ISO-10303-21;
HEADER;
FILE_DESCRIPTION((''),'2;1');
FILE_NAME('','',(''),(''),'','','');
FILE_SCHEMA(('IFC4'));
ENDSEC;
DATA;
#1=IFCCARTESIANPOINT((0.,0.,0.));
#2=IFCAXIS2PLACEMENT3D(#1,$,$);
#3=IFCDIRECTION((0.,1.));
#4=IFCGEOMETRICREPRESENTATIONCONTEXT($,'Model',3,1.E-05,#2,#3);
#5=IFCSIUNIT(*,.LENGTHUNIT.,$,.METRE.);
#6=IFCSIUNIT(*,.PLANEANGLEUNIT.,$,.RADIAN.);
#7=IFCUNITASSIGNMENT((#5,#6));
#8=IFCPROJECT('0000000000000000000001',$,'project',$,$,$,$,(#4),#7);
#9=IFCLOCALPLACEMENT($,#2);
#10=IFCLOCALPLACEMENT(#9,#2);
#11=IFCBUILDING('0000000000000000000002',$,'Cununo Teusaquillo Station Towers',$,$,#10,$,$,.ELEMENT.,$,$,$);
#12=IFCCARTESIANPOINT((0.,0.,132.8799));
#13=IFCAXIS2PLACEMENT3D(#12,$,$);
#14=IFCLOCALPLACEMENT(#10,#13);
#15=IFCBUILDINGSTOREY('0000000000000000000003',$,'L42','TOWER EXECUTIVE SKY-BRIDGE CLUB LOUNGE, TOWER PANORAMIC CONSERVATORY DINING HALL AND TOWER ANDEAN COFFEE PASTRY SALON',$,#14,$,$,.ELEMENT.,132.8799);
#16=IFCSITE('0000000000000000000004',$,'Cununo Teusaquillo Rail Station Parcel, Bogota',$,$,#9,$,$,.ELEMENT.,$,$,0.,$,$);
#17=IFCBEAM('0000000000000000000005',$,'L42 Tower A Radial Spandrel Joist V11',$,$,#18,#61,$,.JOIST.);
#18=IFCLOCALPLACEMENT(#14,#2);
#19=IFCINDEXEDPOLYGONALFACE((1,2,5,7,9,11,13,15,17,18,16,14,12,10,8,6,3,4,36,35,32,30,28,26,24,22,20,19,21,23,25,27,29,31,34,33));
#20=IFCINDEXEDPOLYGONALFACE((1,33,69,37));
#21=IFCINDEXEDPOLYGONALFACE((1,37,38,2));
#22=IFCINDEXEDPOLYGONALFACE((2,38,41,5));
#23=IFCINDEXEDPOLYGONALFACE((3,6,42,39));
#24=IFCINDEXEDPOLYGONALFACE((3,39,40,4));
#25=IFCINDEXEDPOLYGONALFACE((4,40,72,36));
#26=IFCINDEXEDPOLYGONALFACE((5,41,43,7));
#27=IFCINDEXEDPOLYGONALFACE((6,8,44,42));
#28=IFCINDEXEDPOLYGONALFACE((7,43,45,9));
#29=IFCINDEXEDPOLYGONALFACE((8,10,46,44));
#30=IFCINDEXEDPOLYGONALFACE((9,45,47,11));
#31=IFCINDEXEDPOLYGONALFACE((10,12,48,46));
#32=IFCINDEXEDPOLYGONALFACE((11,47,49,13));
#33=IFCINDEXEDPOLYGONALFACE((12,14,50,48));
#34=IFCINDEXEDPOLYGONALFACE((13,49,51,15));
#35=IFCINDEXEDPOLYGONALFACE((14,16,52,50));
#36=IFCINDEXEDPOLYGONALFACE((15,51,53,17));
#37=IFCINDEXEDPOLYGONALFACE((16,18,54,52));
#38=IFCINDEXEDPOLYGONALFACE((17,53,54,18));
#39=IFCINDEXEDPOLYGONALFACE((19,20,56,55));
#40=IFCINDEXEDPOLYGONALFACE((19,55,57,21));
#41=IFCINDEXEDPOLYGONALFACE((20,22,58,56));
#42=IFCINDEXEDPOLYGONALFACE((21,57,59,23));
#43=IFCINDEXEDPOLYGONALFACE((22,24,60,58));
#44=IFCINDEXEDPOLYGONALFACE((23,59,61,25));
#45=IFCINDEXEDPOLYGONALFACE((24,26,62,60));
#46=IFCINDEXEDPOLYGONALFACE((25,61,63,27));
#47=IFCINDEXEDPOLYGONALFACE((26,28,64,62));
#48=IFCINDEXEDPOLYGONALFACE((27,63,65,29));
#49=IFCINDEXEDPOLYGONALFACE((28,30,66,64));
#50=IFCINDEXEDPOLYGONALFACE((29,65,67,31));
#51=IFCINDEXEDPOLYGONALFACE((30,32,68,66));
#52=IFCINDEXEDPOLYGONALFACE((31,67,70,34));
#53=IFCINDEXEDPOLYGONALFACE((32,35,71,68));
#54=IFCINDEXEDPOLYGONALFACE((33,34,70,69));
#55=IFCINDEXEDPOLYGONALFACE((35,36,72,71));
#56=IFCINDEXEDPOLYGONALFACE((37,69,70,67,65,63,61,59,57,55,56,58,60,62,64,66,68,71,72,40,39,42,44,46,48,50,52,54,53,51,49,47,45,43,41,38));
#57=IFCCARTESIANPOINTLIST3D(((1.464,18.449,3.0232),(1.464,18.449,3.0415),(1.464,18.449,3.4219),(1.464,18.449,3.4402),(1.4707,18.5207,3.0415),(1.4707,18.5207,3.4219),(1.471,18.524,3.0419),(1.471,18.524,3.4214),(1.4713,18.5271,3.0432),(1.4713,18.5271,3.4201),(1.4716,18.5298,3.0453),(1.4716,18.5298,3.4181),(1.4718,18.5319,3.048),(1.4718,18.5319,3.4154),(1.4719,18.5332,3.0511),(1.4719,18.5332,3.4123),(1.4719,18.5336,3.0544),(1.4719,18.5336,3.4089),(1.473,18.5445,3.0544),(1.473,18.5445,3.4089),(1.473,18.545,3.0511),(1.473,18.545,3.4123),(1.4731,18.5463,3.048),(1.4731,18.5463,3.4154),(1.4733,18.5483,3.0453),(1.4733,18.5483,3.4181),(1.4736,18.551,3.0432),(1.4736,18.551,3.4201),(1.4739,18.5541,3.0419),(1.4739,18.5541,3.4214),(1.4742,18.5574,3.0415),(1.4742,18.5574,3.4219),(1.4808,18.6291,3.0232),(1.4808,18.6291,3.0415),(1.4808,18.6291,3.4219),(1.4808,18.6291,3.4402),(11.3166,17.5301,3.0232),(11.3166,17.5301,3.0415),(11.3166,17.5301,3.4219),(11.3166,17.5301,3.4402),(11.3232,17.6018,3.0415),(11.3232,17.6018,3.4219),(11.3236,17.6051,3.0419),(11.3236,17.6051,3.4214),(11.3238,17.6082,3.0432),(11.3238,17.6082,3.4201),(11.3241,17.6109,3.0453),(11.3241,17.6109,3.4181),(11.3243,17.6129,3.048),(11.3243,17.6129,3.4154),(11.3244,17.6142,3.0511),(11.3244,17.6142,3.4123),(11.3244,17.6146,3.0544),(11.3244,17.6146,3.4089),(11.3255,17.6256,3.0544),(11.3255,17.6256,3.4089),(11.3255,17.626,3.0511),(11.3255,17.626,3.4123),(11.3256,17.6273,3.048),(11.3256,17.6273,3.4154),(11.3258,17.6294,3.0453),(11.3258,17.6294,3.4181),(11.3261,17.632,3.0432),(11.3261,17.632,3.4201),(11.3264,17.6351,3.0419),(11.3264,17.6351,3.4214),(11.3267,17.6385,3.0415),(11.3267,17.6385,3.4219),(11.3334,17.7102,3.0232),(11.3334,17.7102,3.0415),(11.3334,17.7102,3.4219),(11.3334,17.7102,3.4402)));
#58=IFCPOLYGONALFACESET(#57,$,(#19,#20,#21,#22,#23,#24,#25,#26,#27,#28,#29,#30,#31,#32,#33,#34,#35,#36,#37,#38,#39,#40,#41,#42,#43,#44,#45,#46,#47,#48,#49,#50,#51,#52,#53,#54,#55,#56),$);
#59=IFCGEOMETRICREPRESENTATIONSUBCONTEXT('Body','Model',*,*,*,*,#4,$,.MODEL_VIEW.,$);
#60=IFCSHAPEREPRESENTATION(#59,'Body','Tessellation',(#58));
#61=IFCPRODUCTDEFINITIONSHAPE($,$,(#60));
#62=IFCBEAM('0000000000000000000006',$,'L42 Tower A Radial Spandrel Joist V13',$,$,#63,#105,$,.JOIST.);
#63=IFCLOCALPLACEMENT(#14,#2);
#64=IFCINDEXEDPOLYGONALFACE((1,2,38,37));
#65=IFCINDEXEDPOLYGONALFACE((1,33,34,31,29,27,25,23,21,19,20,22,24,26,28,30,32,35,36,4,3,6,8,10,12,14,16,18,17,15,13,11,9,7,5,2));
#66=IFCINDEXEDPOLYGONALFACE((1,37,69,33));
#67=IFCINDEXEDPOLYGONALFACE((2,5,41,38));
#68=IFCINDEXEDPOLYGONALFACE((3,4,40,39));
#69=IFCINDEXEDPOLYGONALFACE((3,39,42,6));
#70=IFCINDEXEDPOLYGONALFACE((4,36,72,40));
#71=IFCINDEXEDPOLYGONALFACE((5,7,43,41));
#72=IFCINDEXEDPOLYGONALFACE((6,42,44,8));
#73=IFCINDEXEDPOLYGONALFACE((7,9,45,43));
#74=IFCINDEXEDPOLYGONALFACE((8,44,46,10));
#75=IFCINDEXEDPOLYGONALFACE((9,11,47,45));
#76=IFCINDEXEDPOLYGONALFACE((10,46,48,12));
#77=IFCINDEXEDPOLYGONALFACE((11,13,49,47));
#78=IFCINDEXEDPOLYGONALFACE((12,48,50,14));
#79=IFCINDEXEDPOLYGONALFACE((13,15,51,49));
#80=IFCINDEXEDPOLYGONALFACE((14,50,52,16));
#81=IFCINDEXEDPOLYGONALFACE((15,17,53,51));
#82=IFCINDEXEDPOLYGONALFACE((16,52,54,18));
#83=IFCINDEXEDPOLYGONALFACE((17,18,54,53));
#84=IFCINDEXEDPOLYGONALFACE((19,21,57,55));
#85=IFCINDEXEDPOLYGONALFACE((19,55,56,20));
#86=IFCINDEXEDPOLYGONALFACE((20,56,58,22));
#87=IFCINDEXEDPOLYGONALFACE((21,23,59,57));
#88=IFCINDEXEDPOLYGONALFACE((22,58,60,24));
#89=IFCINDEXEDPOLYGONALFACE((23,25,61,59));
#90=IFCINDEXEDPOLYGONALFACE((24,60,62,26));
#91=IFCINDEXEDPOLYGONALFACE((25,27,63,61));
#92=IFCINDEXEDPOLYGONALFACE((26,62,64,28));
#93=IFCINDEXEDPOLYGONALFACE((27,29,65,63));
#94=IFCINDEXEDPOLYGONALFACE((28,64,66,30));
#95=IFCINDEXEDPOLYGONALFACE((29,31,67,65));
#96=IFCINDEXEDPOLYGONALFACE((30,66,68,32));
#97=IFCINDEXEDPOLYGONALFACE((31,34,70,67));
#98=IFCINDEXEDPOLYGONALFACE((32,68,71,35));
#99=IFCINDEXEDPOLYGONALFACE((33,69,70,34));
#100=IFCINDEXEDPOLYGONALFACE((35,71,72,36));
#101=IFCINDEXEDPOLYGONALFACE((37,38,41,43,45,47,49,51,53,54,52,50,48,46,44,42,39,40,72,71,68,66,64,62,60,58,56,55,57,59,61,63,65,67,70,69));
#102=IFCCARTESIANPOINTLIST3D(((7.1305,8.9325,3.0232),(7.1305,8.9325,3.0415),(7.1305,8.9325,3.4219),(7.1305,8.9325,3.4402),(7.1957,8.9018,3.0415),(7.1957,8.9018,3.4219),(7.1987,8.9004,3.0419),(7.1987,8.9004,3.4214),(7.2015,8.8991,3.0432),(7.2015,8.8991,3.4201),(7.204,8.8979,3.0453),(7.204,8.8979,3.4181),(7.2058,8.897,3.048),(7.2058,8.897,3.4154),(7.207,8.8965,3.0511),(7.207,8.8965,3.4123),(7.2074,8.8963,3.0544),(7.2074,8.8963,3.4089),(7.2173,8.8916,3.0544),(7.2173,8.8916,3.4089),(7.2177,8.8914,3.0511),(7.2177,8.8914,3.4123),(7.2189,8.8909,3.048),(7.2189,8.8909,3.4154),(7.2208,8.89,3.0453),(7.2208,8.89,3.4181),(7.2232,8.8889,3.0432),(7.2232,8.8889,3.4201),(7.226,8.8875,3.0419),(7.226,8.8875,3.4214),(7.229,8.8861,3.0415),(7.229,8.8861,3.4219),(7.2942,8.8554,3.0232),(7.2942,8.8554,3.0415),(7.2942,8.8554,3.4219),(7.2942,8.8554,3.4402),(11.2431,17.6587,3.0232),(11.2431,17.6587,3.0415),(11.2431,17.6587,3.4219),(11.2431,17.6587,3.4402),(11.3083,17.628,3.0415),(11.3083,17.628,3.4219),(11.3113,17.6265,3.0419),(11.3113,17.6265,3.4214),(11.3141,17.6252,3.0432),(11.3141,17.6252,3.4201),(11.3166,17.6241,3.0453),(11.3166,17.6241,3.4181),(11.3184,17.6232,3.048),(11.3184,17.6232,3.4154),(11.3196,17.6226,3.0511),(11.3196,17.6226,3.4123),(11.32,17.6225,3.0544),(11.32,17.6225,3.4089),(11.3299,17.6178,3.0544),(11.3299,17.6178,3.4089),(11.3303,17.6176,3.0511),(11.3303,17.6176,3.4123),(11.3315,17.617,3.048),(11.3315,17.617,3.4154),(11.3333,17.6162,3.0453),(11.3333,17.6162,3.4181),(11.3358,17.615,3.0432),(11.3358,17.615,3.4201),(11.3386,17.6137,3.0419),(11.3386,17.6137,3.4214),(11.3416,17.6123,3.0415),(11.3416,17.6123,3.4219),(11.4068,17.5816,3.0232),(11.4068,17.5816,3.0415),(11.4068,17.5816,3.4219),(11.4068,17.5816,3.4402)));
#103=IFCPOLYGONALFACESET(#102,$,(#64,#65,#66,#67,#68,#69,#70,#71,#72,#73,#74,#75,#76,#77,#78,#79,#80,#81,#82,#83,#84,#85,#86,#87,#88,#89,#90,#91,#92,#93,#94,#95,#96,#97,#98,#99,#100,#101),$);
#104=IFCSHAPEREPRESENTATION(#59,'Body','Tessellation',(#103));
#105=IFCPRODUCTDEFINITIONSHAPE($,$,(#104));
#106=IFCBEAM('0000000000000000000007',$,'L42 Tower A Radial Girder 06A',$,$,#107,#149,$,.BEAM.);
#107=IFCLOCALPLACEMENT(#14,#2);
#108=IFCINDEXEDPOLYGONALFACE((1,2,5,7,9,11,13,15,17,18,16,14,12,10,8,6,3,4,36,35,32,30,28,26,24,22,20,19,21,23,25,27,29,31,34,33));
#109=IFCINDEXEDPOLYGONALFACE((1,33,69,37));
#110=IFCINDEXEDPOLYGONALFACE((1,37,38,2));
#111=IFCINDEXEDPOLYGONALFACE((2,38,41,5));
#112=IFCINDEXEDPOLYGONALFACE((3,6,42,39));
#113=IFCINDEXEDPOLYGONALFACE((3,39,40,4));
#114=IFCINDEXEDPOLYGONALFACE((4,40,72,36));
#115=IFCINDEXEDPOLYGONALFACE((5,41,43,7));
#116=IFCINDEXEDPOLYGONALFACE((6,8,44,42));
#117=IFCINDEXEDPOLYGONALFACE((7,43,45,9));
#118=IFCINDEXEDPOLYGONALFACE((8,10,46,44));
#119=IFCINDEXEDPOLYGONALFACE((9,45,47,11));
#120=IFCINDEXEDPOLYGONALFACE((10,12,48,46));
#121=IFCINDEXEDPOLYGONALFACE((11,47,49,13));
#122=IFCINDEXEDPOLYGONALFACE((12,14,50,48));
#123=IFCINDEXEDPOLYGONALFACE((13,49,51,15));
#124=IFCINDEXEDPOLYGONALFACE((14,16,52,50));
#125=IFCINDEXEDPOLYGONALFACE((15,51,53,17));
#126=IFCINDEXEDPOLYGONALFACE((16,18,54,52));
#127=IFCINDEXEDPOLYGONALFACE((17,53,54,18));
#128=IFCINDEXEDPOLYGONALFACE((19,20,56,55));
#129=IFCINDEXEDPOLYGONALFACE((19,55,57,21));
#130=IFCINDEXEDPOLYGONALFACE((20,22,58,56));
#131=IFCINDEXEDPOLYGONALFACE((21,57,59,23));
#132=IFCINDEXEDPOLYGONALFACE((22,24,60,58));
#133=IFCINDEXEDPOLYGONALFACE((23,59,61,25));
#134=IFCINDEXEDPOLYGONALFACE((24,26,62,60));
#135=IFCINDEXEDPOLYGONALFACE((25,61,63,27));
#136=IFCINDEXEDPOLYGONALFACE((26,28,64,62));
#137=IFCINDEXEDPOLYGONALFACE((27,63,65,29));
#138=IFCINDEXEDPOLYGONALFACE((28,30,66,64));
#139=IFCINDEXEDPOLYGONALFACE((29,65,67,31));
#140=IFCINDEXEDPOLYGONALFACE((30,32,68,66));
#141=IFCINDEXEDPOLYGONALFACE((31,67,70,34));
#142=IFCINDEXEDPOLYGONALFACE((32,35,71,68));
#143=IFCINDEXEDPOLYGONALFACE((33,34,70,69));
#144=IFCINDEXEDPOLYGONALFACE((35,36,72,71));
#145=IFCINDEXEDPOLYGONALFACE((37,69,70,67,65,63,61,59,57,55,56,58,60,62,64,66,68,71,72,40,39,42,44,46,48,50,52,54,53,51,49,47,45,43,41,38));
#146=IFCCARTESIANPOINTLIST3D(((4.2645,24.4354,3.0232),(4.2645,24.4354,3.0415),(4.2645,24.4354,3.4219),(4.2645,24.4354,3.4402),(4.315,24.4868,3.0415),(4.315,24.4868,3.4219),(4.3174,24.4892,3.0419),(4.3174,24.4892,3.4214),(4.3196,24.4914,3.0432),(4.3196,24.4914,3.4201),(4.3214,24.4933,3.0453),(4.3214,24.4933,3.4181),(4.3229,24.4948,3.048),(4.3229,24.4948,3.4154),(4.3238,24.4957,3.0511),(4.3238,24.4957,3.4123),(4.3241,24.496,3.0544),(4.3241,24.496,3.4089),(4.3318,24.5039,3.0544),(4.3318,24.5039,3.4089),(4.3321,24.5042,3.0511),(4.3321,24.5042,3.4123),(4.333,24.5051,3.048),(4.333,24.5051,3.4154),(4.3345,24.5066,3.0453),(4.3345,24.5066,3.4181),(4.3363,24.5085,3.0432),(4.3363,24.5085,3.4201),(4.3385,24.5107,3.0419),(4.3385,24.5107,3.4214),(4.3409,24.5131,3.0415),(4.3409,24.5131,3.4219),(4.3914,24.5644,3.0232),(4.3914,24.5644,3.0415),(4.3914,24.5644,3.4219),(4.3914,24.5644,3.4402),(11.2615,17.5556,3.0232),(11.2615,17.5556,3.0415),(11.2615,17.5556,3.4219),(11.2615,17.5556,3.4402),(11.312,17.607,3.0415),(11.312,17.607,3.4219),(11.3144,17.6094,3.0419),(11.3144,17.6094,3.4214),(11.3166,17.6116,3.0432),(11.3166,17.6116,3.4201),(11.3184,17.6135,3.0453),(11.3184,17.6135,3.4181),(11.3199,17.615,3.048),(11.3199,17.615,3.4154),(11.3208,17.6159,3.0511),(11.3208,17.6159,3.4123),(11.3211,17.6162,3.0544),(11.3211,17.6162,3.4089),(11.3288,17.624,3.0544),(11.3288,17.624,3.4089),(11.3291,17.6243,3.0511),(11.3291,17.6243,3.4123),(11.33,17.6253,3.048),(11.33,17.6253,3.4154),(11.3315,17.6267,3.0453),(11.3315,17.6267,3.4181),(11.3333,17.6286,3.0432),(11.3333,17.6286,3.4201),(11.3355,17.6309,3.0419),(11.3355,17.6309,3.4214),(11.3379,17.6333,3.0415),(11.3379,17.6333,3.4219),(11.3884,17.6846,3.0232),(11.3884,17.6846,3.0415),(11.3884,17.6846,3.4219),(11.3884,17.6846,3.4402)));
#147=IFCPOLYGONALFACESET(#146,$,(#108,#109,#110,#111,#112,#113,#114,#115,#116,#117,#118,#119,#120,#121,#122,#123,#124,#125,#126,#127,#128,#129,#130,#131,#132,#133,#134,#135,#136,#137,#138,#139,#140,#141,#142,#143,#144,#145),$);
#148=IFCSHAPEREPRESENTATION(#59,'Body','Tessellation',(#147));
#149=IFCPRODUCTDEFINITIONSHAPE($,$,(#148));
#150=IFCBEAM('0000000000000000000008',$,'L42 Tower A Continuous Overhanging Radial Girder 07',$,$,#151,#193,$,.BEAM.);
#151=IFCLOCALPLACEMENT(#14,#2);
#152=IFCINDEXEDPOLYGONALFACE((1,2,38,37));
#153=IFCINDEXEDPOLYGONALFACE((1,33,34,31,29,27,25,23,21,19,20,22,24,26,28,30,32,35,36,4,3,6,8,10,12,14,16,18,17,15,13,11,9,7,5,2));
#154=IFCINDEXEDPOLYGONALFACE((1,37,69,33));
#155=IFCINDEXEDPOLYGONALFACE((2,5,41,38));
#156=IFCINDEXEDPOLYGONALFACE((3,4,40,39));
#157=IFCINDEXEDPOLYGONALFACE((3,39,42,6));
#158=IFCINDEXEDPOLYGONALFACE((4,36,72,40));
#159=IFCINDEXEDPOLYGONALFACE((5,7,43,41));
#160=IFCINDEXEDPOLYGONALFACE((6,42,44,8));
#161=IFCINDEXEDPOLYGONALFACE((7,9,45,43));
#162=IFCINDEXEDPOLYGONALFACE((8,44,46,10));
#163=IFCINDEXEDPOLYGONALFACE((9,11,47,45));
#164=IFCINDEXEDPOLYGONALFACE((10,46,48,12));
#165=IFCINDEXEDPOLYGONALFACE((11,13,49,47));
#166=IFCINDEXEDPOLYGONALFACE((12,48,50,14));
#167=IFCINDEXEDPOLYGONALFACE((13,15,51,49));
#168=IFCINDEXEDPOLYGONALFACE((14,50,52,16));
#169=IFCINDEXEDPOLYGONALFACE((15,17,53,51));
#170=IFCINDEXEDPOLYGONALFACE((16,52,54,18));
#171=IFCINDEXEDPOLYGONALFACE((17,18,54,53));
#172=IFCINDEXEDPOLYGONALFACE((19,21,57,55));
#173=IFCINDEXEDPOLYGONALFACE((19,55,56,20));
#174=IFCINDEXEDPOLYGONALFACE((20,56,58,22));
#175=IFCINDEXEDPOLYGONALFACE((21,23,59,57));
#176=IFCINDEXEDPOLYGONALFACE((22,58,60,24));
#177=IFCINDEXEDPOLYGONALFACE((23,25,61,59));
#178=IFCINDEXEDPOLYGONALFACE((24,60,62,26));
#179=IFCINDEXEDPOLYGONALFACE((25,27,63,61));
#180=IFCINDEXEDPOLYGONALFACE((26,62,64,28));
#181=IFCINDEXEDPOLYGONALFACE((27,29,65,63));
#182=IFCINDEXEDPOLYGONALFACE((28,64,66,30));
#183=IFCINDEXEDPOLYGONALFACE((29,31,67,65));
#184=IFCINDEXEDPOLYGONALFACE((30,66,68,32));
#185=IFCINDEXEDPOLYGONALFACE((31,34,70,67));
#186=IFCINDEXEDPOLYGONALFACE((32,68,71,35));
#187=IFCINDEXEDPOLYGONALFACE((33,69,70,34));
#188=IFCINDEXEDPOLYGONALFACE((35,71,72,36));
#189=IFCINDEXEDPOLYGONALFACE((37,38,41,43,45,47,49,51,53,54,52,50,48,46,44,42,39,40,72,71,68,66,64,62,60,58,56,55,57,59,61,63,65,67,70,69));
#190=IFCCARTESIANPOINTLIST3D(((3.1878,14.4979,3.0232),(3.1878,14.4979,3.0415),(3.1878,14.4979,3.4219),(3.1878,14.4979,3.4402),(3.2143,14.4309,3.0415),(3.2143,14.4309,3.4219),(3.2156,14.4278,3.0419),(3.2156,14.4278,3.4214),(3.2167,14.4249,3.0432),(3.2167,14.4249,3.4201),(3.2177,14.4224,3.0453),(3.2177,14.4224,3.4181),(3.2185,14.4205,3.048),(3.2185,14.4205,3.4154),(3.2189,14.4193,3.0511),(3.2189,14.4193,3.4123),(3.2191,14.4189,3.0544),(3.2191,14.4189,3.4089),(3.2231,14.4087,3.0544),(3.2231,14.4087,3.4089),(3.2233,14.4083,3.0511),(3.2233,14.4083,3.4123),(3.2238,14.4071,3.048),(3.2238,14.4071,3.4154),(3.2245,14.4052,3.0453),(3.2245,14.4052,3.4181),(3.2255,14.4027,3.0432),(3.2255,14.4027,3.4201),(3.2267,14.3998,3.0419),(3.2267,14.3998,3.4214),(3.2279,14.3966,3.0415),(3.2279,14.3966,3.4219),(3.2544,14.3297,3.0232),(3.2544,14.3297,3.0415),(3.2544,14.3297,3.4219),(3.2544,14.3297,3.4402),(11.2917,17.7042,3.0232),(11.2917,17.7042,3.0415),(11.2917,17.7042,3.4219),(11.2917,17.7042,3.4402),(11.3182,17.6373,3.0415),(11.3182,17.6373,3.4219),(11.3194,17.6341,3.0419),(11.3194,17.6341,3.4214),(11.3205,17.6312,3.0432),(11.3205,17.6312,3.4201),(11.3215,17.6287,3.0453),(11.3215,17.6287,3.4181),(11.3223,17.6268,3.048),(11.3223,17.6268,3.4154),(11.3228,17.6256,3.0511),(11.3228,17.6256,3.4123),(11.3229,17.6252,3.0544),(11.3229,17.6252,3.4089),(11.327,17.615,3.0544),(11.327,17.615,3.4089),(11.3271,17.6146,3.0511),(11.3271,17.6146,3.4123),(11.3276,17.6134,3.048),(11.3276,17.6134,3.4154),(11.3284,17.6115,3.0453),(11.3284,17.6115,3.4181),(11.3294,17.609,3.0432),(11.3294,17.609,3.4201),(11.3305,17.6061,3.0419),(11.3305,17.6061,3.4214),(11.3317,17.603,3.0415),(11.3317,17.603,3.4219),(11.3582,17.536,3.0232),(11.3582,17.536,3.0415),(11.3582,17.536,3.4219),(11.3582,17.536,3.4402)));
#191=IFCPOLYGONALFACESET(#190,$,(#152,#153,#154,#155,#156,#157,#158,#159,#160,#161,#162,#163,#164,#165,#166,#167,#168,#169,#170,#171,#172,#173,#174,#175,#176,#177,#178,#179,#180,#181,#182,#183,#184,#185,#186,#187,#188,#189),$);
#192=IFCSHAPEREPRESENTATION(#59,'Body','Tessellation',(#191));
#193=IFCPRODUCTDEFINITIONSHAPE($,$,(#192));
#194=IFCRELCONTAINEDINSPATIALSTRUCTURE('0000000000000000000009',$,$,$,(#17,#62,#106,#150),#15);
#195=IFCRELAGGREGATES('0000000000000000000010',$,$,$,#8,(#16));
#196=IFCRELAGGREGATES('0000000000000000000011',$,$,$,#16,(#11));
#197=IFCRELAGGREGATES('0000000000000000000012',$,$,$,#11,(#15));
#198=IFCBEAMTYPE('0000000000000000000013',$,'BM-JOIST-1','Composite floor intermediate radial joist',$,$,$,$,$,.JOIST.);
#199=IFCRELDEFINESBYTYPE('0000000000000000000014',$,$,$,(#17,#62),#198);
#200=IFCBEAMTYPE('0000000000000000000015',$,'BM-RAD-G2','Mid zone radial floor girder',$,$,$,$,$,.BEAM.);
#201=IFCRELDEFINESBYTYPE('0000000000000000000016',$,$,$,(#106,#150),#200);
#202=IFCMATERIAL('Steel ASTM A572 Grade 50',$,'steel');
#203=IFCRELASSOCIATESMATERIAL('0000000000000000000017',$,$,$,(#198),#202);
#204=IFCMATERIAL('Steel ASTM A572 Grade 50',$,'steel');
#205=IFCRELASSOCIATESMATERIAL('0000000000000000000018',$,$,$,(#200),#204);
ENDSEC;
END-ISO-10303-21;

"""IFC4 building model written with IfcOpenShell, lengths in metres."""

from ifc_helpers import new_model, si_unit, direction, frame, origin, origin_2d, place, context, subcontext, project, spatial, i_section, extrude, material, material_profile, profile_set, type_object, element, save


model = new_model("IFC4")

# Units and contexts
model_context = context("Model", 3, precision=1e-05, world=origin(), true_north=direction((0.0, 1.0)))
body_context = subcontext(model_context, "Body", "Model", "MODEL_VIEW")
ifc_project = project(units=[si_unit("LENGTHUNIT", "METRE"), si_unit("PLANEANGLEUNIT", "RADIAN")], contexts=[model_context])

# Site, building, storey
site_placement = place(None, origin())
site = spatial("IfcSite", under=ifc_project, at=site_placement, Name="Cununo Teusaquillo Rail Station Parcel, Bogota", CompositionType="ELEMENT", RefElevation=0.0)
building_placement = place(site_placement, origin())
building = spatial("IfcBuilding", under=site, at=building_placement, Name="Cununo Teusaquillo Station Towers", CompositionType="ELEMENT")
storey_placement = place(building_placement, frame((0.0, 0.0, 132.8799)))
storey = spatial("IfcBuildingStorey", under=building, at=storey_placement, Name="L42", Description="TOWER EXECUTIVE SKY-BRIDGE CLUB LOUNGE, TOWER PANORAMIC CONSERVATORY DINING HALL AND TOWER ANDEAN COFFEE PASTRY SALON", CompositionType="ELEMENT", Elevation=132.8799)

# Beams
ifc_material_1 = material(Name="Steel ASTM A572 Grade 50", Category="steel")
ifc_material_profile_1 = material_profile(ifc_material_1, i_section(OverallWidth=0.1809, OverallDepth=0.417, WebThickness=0.011, FlangeThickness=0.0183, FilletRadius=0.0129, at=origin_2d()), Name="W16X57")
ifc_profile_set_1 = profile_set([ifc_material_profile_1], Name="Steel ASTM A572 Grade 50")
beam_type_1 = type_object("IfcBeamType", Name="BM-JOIST-1", Description="Composite floor intermediate radial joist", PredefinedType="JOIST", material=ifc_profile_set_1)
beam_1_placement = place(storey_placement, frame((11.325, 17.6201, 3.2317), z_axis=(-0.995679, 0.092867, 0.0), x_axis=(-0.092867, -0.995679, 0.0)))
element("IfcBeam", 1, at=beam_1_placement, inside=storey, type_object=beam_type_1, Name="L42 Tower A Radial Spandrel Joist V11", PredefinedType="JOIST", context=body_context, shape_type="SweptSolid", body=[
    extrude(i_section(OverallWidth=0.1809, OverallDepth=0.417, WebThickness=0.011, FlangeThickness=0.0183, FilletRadius=0.0129, at=origin_2d()), origin(), (0.0, 0.0, 1.0), 9.8953),
])
beam_2_placement = place(storey_placement, frame((11.325, 17.6201, 3.2317), z_axis=(-0.42632, -0.904572, 0.0), x_axis=(0.904572, -0.42632, 0.0)))
element("IfcBeam", 2, at=beam_2_placement, inside=storey, type_object=beam_type_1, Name="L42 Tower A Radial Spandrel Joist V13", PredefinedType="JOIST", context=body_context, shape_type="SweptSolid", body=[
    extrude(i_section(OverallWidth=0.1809, OverallDepth=0.417, WebThickness=0.011, FlangeThickness=0.0183, FilletRadius=0.0129, at=origin_2d()), origin(), (0.0, 0.0, 1.0), 9.6467),
])
ifc_material_2 = material(Name="Steel ASTM A572 Grade 50", Category="steel")
ifc_material_profile_2 = material_profile(ifc_material_2, i_section(OverallWidth=0.1809, OverallDepth=0.417, WebThickness=0.011, FlangeThickness=0.0183, FilletRadius=0.0129, at=origin_2d()), Name="W16X57")
ifc_profile_set_2 = profile_set([ifc_material_profile_2], Name="Steel ASTM A572 Grade 50")
beam_type_2 = type_object("IfcBeamType", Name="BM-RAD-G2", Description="Mid zone radial floor girder", PredefinedType="BEAM", material=ifc_profile_set_2)
beam_3_placement = place(storey_placement, frame((11.325, 17.6201, 3.2317), z_axis=(-0.713053, 0.70111, 0.0), x_axis=(-0.70111, -0.713053, 0.0)))
element("IfcBeam", 3, at=beam_3_placement, inside=storey, type_object=beam_type_2, Name="L42 Tower A Radial Girder 06A", PredefinedType="BEAM", context=body_context, shape_type="SweptSolid", body=[
    extrude(i_section(OverallWidth=0.1809, OverallDepth=0.417, WebThickness=0.011, FlangeThickness=0.0183, FilletRadius=0.0129, at=origin_2d()), origin(), (0.0, 0.0, 1.0), 9.8127),
])
beam_4_placement = place(storey_placement, frame((11.325, 17.6201, 3.2317), z_axis=(-0.929863, -0.367906, 0.0), x_axis=(0.367906, -0.929863, 0.0)))
element("IfcBeam", 4, at=beam_4_placement, inside=storey, type_object=beam_type_2, Name="L42 Tower A Continuous Overhanging Radial Girder 07", PredefinedType="BEAM", context=body_context, shape_type="SweptSolid", body=[
    extrude(i_section(OverallWidth=0.1809, OverallDepth=0.417, WebThickness=0.011, FlangeThickness=0.0183, FilletRadius=0.0129, at=origin_2d()), origin(), (0.0, 0.0, 1.0), 8.7151),
])

save(model, "model.ifc")
